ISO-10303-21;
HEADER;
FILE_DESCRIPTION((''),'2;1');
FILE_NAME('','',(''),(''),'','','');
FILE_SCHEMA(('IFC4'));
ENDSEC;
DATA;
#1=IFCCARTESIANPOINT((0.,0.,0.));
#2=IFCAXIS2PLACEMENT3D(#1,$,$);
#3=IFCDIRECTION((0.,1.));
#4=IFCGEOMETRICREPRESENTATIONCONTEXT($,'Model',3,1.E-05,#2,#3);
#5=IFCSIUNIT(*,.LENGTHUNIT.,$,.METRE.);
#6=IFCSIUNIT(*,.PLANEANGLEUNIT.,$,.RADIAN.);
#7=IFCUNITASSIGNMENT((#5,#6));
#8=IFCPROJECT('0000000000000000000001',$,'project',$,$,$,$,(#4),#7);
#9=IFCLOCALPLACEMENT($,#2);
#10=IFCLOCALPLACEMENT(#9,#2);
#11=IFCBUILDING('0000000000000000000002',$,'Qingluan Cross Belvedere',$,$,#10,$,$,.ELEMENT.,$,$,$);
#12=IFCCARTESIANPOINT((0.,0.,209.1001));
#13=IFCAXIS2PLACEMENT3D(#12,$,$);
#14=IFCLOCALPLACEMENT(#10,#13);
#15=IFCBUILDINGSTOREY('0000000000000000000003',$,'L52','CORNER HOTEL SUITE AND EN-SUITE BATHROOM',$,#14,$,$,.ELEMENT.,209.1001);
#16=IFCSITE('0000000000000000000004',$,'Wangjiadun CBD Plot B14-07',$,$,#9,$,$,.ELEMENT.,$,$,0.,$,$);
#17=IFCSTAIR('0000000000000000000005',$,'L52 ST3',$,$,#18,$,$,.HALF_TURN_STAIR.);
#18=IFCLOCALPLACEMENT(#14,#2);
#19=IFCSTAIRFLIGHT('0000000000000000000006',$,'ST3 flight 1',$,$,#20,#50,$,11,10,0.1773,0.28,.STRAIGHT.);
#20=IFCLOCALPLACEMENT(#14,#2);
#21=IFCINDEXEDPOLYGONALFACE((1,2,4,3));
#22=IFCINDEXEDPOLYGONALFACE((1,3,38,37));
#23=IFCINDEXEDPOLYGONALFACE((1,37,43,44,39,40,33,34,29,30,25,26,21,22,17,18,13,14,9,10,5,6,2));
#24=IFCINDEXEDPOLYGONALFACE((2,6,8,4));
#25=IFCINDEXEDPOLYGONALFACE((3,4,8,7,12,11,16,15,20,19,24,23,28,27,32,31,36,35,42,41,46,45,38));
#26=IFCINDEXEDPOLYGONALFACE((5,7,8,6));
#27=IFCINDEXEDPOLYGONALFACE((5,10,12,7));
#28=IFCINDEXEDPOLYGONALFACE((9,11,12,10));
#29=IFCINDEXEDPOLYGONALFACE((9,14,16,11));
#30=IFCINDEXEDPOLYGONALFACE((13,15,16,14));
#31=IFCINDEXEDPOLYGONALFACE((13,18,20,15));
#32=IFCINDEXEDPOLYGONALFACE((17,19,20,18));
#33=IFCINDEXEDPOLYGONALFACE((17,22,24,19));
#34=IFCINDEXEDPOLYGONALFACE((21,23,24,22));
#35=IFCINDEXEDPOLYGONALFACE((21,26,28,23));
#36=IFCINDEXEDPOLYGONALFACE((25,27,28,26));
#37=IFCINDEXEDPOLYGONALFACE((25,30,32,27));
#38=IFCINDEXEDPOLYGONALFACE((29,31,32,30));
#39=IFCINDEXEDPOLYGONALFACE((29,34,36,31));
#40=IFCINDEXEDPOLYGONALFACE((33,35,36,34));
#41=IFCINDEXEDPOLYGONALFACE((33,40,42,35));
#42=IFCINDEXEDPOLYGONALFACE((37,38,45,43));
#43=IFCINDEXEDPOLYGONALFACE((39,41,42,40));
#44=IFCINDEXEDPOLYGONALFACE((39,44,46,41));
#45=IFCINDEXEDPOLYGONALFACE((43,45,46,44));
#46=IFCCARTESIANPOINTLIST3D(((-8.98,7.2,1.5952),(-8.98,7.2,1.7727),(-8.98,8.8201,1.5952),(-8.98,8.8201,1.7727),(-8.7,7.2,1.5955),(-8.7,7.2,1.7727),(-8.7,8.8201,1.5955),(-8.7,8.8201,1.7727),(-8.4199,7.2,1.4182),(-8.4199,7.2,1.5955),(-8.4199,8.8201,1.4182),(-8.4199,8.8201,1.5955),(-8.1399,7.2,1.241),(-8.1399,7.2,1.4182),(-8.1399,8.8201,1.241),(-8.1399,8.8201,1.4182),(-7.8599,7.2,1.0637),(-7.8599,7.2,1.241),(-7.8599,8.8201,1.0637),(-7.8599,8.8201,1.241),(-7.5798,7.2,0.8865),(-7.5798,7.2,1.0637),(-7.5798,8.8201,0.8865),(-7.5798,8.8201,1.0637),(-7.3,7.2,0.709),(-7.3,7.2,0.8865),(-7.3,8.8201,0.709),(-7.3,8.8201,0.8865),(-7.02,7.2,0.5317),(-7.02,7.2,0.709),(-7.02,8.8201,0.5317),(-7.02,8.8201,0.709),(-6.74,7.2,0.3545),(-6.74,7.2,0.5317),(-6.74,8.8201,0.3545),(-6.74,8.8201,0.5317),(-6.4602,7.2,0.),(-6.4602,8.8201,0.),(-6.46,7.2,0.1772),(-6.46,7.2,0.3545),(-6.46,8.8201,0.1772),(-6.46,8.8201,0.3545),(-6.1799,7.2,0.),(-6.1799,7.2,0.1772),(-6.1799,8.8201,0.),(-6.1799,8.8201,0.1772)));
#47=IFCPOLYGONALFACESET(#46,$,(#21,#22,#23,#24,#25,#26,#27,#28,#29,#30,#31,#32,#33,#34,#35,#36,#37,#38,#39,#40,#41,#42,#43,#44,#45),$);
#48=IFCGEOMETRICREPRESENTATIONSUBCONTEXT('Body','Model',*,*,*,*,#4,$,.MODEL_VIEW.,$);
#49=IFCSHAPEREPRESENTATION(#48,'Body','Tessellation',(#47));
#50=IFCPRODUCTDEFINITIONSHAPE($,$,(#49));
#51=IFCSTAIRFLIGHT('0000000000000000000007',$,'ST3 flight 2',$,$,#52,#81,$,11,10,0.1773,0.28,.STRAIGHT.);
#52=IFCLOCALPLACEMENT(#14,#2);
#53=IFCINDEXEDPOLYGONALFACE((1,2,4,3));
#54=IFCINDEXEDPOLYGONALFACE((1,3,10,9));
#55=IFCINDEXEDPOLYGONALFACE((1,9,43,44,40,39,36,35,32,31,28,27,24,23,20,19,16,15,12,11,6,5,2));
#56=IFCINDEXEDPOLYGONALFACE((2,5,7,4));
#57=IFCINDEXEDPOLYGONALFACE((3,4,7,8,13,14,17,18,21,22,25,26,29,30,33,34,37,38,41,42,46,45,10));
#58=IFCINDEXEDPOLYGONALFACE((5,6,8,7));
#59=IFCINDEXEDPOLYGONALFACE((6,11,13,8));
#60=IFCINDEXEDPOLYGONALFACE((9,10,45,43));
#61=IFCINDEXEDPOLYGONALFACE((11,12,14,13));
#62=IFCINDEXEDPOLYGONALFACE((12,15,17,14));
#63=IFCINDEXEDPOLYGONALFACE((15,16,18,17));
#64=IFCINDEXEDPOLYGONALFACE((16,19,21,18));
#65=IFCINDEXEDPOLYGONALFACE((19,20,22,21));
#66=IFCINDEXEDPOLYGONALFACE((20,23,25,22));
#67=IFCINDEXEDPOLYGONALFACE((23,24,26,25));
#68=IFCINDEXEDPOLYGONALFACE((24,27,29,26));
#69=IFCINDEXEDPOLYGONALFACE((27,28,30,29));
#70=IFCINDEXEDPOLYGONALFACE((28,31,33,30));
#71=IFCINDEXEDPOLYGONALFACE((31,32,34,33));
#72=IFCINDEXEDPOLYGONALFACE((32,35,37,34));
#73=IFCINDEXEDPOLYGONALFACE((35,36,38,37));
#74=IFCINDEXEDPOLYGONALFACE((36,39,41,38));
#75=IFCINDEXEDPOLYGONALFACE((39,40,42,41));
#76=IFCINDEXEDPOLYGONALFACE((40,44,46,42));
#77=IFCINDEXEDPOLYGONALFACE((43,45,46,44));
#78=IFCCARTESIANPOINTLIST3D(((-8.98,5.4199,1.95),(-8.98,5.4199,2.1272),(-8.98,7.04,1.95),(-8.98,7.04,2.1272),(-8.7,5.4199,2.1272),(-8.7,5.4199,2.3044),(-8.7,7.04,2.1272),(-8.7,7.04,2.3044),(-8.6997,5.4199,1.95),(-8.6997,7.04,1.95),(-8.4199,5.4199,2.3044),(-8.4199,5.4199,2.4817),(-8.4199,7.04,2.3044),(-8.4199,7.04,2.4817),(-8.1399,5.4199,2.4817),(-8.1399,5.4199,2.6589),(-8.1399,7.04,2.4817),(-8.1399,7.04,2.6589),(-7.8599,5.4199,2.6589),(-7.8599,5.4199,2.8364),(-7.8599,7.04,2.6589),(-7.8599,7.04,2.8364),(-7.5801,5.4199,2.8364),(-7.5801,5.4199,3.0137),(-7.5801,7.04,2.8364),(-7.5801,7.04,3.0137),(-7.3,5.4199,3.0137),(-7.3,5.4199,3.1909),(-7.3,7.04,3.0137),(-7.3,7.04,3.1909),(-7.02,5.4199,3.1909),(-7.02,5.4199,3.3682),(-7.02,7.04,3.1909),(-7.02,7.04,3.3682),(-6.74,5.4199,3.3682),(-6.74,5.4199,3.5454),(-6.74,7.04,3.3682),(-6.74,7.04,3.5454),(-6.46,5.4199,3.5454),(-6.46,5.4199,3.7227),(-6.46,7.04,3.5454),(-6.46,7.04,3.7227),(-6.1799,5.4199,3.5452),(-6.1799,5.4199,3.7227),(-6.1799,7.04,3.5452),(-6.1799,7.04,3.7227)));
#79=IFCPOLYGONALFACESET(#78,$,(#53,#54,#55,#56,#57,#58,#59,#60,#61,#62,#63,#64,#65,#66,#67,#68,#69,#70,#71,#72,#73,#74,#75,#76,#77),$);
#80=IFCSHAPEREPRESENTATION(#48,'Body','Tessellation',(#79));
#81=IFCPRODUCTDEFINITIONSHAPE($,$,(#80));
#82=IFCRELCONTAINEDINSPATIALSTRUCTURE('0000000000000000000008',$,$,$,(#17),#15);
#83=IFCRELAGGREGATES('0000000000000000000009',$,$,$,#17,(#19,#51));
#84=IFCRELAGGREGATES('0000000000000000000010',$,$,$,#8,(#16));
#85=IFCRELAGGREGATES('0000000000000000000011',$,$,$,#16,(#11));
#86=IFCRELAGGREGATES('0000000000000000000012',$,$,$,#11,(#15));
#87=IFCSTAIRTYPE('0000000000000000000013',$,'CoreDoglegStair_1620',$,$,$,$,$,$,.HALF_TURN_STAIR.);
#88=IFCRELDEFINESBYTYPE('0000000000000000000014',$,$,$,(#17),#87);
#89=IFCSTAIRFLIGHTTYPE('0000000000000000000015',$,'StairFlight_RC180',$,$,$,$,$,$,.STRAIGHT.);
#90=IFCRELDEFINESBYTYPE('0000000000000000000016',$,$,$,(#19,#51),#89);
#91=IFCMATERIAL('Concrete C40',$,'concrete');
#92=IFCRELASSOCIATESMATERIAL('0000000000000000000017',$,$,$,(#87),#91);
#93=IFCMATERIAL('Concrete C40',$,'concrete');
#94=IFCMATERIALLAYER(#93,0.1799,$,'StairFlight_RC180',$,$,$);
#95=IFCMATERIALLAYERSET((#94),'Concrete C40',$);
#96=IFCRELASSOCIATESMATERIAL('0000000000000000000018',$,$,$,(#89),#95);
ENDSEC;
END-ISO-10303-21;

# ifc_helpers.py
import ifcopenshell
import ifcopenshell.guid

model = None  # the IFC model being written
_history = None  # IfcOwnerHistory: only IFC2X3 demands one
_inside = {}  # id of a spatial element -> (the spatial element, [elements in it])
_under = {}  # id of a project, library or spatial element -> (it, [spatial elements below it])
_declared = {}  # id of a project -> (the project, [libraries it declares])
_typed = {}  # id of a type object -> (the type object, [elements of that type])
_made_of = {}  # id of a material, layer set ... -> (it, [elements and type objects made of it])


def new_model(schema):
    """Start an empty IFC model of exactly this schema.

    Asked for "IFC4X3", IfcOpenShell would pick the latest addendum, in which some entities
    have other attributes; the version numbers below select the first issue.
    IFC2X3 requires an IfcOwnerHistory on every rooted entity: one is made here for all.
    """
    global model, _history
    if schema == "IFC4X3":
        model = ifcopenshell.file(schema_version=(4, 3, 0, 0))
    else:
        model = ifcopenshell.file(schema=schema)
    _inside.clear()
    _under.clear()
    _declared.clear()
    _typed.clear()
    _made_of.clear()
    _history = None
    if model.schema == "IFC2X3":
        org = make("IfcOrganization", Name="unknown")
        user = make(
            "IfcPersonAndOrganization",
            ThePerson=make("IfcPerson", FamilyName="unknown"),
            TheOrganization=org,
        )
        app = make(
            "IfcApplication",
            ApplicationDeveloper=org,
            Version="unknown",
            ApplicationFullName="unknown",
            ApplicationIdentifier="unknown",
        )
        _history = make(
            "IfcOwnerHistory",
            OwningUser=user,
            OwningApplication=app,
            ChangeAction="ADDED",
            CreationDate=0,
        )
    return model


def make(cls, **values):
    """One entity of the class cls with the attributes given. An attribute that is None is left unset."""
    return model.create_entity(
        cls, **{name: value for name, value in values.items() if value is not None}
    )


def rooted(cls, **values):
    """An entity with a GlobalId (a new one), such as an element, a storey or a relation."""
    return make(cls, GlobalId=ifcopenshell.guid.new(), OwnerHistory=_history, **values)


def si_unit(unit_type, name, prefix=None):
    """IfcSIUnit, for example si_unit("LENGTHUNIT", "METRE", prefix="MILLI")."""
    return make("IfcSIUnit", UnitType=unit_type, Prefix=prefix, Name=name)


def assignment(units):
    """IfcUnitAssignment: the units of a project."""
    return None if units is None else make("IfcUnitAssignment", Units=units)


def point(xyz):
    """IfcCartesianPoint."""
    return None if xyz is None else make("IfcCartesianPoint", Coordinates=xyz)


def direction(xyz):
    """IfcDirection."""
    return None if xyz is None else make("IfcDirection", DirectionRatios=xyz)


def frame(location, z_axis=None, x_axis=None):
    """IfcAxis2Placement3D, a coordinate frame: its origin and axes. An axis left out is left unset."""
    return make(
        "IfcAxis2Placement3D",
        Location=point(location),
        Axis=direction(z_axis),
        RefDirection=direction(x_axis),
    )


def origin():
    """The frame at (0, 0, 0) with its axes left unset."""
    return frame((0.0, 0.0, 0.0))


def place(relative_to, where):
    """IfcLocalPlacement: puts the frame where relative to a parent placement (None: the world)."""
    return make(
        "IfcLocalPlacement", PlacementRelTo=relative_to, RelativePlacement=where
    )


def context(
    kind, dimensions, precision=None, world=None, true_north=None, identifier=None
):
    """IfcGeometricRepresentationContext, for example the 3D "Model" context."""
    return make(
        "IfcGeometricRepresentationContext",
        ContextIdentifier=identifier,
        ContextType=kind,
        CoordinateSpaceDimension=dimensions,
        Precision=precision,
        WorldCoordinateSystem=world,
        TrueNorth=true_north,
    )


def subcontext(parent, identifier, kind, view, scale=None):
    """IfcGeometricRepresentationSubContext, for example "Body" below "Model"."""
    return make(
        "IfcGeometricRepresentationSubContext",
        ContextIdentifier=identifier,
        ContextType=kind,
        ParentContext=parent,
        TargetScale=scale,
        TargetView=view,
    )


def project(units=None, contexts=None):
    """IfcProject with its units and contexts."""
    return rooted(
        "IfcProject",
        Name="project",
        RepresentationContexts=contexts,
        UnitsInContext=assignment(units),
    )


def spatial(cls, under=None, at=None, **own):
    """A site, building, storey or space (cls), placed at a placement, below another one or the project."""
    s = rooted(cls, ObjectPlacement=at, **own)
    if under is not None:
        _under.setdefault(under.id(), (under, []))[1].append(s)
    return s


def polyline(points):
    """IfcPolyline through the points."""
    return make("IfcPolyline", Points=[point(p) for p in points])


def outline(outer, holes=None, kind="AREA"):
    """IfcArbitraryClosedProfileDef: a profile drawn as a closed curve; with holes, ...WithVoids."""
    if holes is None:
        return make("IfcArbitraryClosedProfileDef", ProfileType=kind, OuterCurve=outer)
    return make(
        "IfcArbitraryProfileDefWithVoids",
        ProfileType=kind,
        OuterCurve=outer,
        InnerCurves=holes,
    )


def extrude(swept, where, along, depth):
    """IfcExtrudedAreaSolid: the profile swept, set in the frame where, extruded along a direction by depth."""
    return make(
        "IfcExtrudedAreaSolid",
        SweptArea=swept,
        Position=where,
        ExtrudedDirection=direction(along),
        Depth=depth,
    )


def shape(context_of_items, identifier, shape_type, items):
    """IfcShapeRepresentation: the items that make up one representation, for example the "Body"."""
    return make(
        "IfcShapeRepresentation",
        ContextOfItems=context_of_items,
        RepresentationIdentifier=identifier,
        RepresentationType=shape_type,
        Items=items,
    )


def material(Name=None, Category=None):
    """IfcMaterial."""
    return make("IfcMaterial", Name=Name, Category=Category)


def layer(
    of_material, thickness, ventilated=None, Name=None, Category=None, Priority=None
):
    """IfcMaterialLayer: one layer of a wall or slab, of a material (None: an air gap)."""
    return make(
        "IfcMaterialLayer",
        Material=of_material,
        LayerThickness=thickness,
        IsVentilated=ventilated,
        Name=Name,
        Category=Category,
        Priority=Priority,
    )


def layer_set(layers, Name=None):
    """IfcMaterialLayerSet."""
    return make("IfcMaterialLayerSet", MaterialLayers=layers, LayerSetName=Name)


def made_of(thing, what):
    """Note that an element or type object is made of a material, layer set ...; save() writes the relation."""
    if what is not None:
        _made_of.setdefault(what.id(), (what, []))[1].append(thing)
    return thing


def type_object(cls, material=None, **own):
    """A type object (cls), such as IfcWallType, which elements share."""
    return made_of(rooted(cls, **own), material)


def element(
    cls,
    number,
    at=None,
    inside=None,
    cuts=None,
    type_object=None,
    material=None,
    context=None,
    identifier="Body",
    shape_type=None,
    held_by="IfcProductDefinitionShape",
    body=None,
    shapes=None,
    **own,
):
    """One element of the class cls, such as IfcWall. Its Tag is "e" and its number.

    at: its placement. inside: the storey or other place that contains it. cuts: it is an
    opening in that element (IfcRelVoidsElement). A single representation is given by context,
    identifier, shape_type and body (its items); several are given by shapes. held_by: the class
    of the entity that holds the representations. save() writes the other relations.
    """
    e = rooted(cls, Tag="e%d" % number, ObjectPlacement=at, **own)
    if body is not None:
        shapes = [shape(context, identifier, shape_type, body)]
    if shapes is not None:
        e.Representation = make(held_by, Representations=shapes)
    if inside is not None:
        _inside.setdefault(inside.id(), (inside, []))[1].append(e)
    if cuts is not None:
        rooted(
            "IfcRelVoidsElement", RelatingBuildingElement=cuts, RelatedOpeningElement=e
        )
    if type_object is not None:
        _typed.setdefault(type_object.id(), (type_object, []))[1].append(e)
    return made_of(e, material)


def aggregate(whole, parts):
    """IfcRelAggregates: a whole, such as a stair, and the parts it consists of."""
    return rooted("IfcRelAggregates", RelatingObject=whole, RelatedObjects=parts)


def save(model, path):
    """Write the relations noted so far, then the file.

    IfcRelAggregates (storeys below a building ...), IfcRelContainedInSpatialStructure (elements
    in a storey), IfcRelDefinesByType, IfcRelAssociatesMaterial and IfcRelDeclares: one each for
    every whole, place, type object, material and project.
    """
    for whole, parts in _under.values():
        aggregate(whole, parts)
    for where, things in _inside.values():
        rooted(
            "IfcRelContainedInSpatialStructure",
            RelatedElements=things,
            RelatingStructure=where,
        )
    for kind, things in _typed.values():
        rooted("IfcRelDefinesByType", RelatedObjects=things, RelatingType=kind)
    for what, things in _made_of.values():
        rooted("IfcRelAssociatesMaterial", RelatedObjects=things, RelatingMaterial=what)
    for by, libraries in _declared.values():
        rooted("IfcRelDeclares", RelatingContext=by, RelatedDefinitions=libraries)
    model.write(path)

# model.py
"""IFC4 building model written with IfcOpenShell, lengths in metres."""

from ifc_helpers import new_model, si_unit, direction, frame, origin, place, context, subcontext, project, spatial, polyline, outline, extrude, material, layer, layer_set, type_object, element, aggregate, save


model = new_model("IFC4")

# Units and contexts
model_context = context("Model", 3, precision=1e-05, world=origin(), true_north=direction((0.0, 1.0)))
body_context = subcontext(model_context, "Body", "Model", "MODEL_VIEW")
ifc_project = project(units=[si_unit("LENGTHUNIT", "METRE"), si_unit("PLANEANGLEUNIT", "RADIAN")], contexts=[model_context])

# Site, building, storey
site_placement = place(None, origin())
site = spatial("IfcSite", under=ifc_project, at=site_placement, Name="Wangjiadun CBD Plot B14-07", CompositionType="ELEMENT", RefElevation=0.0)
building_placement = place(site_placement, origin())
building = spatial("IfcBuilding", under=site, at=building_placement, Name="Qingluan Cross Belvedere", CompositionType="ELEMENT")
storey_placement = place(building_placement, frame((0.0, 0.0, 209.1001)))
storey = spatial("IfcBuildingStorey", under=building, at=storey_placement, Name="L52", Description="CORNER HOTEL SUITE AND EN-SUITE BATHROOM", CompositionType="ELEMENT", Elevation=209.1001)

# Stair, stair flights
ifc_material_1 = material(Name="Concrete C40", Category="concrete")
stair_type = type_object("IfcStairType", Name="CoreDoglegStair_1620", PredefinedType="HALF_TURN_STAIR", material=ifc_material_1)
stair_placement = place(storey_placement, origin())
stair = element("IfcStair", 1, at=stair_placement, inside=storey, type_object=stair_type, Name="L52 ST3", PredefinedType="HALF_TURN_STAIR")
ifc_material_2 = material(Name="Concrete C40", Category="concrete")
ifc_layer_1 = layer(ifc_material_2, 0.1799, Name="StairFlight_RC180")
ifc_layer_set_1 = layer_set([ifc_layer_1], Name="Concrete C40")
stair_flight_type = type_object("IfcStairFlightType", Name="StairFlight_RC180", PredefinedType="STRAIGHT", material=ifc_layer_set_1)
stair_flight_1_placement = place(storey_placement, frame((-6.1799, 8.01, 0.0), z_axis=(0.0, 0.0, 1.0), x_axis=(-1.0, 0.0, 0.0)))
stair_flight_1 = element("IfcStairFlight", 2, at=stair_flight_1_placement, type_object=stair_flight_type, Name="ST3 flight 1", NumberOfRisers=11, NumberOfTreads=10, PredefinedType="STRAIGHT", RiserHeight=0.1773, TreadLength=0.28, context=body_context, shape_type="SweptSolid", body=[
    extrude(outline(polyline([(0.0, 0.0), (0.0, 0.1772), (0.28, 0.1772), (0.28, 0.3545), (0.5601, 0.3545), (0.5601, 0.5317), (0.8401, 0.5317), (0.8401, 0.709), (1.1201, 0.709), (1.1201, 0.8865), (1.3999, 0.8865), (1.3999, 1.0637), (1.6799, 1.0637), (1.6799, 1.241), (1.96, 1.241), (1.96, 1.4182), (2.24, 1.4182), (2.24, 1.5955), (2.52, 1.5955), (2.52, 1.7727), (2.8, 1.7727), (2.8, 1.95), (2.8, 1.5952), (0.2803, 0.0), (0.0, 0.0)])), frame((0.0, 0.8101, 0.0), z_axis=(0.0, -1.0, 0.0), x_axis=(1.0, 0.0, 0.0)), (0.0, 0.0, 1.0), 1.6201),
])
stair_flight_2_placement = place(storey_placement, frame((-8.98, 6.23, 1.95), z_axis=(0.0, 0.0, 1.0), x_axis=(1.0, 0.0, 0.0)))
stair_flight_2 = element("IfcStairFlight", 3, at=stair_flight_2_placement, type_object=stair_flight_type, Name="ST3 flight 2", NumberOfRisers=11, NumberOfTreads=10, PredefinedType="STRAIGHT", RiserHeight=0.1773, TreadLength=0.28, context=body_context, shape_type="SweptSolid", body=[
    extrude(outline(polyline([(0.0, 0.0), (0.0, 0.1772), (0.28, 0.1772), (0.28, 0.3545), (0.5601, 0.3545), (0.5601, 0.5317), (0.8401, 0.5317), (0.8401, 0.709), (1.1201, 0.709), (1.1201, 0.8865), (1.3999, 0.8865), (1.3999, 1.0637), (1.6799, 1.0637), (1.6799, 1.241), (1.96, 1.241), (1.96, 1.4182), (2.24, 1.4182), (2.24, 1.5955), (2.52, 1.5955), (2.52, 1.7727), (2.8, 1.7727), (2.8, 1.95), (2.8, 1.5952), (0.2803, 0.0), (0.0, 0.0)])), frame((0.0, 0.8101, 0.0), z_axis=(0.0, -1.0, 0.0), x_axis=(1.0, 0.0, 0.0)), (0.0, 0.0, 1.0), 1.6201),
])
aggregate(stair, [stair_flight_1, stair_flight_2])

save(model, "model.ifc")
